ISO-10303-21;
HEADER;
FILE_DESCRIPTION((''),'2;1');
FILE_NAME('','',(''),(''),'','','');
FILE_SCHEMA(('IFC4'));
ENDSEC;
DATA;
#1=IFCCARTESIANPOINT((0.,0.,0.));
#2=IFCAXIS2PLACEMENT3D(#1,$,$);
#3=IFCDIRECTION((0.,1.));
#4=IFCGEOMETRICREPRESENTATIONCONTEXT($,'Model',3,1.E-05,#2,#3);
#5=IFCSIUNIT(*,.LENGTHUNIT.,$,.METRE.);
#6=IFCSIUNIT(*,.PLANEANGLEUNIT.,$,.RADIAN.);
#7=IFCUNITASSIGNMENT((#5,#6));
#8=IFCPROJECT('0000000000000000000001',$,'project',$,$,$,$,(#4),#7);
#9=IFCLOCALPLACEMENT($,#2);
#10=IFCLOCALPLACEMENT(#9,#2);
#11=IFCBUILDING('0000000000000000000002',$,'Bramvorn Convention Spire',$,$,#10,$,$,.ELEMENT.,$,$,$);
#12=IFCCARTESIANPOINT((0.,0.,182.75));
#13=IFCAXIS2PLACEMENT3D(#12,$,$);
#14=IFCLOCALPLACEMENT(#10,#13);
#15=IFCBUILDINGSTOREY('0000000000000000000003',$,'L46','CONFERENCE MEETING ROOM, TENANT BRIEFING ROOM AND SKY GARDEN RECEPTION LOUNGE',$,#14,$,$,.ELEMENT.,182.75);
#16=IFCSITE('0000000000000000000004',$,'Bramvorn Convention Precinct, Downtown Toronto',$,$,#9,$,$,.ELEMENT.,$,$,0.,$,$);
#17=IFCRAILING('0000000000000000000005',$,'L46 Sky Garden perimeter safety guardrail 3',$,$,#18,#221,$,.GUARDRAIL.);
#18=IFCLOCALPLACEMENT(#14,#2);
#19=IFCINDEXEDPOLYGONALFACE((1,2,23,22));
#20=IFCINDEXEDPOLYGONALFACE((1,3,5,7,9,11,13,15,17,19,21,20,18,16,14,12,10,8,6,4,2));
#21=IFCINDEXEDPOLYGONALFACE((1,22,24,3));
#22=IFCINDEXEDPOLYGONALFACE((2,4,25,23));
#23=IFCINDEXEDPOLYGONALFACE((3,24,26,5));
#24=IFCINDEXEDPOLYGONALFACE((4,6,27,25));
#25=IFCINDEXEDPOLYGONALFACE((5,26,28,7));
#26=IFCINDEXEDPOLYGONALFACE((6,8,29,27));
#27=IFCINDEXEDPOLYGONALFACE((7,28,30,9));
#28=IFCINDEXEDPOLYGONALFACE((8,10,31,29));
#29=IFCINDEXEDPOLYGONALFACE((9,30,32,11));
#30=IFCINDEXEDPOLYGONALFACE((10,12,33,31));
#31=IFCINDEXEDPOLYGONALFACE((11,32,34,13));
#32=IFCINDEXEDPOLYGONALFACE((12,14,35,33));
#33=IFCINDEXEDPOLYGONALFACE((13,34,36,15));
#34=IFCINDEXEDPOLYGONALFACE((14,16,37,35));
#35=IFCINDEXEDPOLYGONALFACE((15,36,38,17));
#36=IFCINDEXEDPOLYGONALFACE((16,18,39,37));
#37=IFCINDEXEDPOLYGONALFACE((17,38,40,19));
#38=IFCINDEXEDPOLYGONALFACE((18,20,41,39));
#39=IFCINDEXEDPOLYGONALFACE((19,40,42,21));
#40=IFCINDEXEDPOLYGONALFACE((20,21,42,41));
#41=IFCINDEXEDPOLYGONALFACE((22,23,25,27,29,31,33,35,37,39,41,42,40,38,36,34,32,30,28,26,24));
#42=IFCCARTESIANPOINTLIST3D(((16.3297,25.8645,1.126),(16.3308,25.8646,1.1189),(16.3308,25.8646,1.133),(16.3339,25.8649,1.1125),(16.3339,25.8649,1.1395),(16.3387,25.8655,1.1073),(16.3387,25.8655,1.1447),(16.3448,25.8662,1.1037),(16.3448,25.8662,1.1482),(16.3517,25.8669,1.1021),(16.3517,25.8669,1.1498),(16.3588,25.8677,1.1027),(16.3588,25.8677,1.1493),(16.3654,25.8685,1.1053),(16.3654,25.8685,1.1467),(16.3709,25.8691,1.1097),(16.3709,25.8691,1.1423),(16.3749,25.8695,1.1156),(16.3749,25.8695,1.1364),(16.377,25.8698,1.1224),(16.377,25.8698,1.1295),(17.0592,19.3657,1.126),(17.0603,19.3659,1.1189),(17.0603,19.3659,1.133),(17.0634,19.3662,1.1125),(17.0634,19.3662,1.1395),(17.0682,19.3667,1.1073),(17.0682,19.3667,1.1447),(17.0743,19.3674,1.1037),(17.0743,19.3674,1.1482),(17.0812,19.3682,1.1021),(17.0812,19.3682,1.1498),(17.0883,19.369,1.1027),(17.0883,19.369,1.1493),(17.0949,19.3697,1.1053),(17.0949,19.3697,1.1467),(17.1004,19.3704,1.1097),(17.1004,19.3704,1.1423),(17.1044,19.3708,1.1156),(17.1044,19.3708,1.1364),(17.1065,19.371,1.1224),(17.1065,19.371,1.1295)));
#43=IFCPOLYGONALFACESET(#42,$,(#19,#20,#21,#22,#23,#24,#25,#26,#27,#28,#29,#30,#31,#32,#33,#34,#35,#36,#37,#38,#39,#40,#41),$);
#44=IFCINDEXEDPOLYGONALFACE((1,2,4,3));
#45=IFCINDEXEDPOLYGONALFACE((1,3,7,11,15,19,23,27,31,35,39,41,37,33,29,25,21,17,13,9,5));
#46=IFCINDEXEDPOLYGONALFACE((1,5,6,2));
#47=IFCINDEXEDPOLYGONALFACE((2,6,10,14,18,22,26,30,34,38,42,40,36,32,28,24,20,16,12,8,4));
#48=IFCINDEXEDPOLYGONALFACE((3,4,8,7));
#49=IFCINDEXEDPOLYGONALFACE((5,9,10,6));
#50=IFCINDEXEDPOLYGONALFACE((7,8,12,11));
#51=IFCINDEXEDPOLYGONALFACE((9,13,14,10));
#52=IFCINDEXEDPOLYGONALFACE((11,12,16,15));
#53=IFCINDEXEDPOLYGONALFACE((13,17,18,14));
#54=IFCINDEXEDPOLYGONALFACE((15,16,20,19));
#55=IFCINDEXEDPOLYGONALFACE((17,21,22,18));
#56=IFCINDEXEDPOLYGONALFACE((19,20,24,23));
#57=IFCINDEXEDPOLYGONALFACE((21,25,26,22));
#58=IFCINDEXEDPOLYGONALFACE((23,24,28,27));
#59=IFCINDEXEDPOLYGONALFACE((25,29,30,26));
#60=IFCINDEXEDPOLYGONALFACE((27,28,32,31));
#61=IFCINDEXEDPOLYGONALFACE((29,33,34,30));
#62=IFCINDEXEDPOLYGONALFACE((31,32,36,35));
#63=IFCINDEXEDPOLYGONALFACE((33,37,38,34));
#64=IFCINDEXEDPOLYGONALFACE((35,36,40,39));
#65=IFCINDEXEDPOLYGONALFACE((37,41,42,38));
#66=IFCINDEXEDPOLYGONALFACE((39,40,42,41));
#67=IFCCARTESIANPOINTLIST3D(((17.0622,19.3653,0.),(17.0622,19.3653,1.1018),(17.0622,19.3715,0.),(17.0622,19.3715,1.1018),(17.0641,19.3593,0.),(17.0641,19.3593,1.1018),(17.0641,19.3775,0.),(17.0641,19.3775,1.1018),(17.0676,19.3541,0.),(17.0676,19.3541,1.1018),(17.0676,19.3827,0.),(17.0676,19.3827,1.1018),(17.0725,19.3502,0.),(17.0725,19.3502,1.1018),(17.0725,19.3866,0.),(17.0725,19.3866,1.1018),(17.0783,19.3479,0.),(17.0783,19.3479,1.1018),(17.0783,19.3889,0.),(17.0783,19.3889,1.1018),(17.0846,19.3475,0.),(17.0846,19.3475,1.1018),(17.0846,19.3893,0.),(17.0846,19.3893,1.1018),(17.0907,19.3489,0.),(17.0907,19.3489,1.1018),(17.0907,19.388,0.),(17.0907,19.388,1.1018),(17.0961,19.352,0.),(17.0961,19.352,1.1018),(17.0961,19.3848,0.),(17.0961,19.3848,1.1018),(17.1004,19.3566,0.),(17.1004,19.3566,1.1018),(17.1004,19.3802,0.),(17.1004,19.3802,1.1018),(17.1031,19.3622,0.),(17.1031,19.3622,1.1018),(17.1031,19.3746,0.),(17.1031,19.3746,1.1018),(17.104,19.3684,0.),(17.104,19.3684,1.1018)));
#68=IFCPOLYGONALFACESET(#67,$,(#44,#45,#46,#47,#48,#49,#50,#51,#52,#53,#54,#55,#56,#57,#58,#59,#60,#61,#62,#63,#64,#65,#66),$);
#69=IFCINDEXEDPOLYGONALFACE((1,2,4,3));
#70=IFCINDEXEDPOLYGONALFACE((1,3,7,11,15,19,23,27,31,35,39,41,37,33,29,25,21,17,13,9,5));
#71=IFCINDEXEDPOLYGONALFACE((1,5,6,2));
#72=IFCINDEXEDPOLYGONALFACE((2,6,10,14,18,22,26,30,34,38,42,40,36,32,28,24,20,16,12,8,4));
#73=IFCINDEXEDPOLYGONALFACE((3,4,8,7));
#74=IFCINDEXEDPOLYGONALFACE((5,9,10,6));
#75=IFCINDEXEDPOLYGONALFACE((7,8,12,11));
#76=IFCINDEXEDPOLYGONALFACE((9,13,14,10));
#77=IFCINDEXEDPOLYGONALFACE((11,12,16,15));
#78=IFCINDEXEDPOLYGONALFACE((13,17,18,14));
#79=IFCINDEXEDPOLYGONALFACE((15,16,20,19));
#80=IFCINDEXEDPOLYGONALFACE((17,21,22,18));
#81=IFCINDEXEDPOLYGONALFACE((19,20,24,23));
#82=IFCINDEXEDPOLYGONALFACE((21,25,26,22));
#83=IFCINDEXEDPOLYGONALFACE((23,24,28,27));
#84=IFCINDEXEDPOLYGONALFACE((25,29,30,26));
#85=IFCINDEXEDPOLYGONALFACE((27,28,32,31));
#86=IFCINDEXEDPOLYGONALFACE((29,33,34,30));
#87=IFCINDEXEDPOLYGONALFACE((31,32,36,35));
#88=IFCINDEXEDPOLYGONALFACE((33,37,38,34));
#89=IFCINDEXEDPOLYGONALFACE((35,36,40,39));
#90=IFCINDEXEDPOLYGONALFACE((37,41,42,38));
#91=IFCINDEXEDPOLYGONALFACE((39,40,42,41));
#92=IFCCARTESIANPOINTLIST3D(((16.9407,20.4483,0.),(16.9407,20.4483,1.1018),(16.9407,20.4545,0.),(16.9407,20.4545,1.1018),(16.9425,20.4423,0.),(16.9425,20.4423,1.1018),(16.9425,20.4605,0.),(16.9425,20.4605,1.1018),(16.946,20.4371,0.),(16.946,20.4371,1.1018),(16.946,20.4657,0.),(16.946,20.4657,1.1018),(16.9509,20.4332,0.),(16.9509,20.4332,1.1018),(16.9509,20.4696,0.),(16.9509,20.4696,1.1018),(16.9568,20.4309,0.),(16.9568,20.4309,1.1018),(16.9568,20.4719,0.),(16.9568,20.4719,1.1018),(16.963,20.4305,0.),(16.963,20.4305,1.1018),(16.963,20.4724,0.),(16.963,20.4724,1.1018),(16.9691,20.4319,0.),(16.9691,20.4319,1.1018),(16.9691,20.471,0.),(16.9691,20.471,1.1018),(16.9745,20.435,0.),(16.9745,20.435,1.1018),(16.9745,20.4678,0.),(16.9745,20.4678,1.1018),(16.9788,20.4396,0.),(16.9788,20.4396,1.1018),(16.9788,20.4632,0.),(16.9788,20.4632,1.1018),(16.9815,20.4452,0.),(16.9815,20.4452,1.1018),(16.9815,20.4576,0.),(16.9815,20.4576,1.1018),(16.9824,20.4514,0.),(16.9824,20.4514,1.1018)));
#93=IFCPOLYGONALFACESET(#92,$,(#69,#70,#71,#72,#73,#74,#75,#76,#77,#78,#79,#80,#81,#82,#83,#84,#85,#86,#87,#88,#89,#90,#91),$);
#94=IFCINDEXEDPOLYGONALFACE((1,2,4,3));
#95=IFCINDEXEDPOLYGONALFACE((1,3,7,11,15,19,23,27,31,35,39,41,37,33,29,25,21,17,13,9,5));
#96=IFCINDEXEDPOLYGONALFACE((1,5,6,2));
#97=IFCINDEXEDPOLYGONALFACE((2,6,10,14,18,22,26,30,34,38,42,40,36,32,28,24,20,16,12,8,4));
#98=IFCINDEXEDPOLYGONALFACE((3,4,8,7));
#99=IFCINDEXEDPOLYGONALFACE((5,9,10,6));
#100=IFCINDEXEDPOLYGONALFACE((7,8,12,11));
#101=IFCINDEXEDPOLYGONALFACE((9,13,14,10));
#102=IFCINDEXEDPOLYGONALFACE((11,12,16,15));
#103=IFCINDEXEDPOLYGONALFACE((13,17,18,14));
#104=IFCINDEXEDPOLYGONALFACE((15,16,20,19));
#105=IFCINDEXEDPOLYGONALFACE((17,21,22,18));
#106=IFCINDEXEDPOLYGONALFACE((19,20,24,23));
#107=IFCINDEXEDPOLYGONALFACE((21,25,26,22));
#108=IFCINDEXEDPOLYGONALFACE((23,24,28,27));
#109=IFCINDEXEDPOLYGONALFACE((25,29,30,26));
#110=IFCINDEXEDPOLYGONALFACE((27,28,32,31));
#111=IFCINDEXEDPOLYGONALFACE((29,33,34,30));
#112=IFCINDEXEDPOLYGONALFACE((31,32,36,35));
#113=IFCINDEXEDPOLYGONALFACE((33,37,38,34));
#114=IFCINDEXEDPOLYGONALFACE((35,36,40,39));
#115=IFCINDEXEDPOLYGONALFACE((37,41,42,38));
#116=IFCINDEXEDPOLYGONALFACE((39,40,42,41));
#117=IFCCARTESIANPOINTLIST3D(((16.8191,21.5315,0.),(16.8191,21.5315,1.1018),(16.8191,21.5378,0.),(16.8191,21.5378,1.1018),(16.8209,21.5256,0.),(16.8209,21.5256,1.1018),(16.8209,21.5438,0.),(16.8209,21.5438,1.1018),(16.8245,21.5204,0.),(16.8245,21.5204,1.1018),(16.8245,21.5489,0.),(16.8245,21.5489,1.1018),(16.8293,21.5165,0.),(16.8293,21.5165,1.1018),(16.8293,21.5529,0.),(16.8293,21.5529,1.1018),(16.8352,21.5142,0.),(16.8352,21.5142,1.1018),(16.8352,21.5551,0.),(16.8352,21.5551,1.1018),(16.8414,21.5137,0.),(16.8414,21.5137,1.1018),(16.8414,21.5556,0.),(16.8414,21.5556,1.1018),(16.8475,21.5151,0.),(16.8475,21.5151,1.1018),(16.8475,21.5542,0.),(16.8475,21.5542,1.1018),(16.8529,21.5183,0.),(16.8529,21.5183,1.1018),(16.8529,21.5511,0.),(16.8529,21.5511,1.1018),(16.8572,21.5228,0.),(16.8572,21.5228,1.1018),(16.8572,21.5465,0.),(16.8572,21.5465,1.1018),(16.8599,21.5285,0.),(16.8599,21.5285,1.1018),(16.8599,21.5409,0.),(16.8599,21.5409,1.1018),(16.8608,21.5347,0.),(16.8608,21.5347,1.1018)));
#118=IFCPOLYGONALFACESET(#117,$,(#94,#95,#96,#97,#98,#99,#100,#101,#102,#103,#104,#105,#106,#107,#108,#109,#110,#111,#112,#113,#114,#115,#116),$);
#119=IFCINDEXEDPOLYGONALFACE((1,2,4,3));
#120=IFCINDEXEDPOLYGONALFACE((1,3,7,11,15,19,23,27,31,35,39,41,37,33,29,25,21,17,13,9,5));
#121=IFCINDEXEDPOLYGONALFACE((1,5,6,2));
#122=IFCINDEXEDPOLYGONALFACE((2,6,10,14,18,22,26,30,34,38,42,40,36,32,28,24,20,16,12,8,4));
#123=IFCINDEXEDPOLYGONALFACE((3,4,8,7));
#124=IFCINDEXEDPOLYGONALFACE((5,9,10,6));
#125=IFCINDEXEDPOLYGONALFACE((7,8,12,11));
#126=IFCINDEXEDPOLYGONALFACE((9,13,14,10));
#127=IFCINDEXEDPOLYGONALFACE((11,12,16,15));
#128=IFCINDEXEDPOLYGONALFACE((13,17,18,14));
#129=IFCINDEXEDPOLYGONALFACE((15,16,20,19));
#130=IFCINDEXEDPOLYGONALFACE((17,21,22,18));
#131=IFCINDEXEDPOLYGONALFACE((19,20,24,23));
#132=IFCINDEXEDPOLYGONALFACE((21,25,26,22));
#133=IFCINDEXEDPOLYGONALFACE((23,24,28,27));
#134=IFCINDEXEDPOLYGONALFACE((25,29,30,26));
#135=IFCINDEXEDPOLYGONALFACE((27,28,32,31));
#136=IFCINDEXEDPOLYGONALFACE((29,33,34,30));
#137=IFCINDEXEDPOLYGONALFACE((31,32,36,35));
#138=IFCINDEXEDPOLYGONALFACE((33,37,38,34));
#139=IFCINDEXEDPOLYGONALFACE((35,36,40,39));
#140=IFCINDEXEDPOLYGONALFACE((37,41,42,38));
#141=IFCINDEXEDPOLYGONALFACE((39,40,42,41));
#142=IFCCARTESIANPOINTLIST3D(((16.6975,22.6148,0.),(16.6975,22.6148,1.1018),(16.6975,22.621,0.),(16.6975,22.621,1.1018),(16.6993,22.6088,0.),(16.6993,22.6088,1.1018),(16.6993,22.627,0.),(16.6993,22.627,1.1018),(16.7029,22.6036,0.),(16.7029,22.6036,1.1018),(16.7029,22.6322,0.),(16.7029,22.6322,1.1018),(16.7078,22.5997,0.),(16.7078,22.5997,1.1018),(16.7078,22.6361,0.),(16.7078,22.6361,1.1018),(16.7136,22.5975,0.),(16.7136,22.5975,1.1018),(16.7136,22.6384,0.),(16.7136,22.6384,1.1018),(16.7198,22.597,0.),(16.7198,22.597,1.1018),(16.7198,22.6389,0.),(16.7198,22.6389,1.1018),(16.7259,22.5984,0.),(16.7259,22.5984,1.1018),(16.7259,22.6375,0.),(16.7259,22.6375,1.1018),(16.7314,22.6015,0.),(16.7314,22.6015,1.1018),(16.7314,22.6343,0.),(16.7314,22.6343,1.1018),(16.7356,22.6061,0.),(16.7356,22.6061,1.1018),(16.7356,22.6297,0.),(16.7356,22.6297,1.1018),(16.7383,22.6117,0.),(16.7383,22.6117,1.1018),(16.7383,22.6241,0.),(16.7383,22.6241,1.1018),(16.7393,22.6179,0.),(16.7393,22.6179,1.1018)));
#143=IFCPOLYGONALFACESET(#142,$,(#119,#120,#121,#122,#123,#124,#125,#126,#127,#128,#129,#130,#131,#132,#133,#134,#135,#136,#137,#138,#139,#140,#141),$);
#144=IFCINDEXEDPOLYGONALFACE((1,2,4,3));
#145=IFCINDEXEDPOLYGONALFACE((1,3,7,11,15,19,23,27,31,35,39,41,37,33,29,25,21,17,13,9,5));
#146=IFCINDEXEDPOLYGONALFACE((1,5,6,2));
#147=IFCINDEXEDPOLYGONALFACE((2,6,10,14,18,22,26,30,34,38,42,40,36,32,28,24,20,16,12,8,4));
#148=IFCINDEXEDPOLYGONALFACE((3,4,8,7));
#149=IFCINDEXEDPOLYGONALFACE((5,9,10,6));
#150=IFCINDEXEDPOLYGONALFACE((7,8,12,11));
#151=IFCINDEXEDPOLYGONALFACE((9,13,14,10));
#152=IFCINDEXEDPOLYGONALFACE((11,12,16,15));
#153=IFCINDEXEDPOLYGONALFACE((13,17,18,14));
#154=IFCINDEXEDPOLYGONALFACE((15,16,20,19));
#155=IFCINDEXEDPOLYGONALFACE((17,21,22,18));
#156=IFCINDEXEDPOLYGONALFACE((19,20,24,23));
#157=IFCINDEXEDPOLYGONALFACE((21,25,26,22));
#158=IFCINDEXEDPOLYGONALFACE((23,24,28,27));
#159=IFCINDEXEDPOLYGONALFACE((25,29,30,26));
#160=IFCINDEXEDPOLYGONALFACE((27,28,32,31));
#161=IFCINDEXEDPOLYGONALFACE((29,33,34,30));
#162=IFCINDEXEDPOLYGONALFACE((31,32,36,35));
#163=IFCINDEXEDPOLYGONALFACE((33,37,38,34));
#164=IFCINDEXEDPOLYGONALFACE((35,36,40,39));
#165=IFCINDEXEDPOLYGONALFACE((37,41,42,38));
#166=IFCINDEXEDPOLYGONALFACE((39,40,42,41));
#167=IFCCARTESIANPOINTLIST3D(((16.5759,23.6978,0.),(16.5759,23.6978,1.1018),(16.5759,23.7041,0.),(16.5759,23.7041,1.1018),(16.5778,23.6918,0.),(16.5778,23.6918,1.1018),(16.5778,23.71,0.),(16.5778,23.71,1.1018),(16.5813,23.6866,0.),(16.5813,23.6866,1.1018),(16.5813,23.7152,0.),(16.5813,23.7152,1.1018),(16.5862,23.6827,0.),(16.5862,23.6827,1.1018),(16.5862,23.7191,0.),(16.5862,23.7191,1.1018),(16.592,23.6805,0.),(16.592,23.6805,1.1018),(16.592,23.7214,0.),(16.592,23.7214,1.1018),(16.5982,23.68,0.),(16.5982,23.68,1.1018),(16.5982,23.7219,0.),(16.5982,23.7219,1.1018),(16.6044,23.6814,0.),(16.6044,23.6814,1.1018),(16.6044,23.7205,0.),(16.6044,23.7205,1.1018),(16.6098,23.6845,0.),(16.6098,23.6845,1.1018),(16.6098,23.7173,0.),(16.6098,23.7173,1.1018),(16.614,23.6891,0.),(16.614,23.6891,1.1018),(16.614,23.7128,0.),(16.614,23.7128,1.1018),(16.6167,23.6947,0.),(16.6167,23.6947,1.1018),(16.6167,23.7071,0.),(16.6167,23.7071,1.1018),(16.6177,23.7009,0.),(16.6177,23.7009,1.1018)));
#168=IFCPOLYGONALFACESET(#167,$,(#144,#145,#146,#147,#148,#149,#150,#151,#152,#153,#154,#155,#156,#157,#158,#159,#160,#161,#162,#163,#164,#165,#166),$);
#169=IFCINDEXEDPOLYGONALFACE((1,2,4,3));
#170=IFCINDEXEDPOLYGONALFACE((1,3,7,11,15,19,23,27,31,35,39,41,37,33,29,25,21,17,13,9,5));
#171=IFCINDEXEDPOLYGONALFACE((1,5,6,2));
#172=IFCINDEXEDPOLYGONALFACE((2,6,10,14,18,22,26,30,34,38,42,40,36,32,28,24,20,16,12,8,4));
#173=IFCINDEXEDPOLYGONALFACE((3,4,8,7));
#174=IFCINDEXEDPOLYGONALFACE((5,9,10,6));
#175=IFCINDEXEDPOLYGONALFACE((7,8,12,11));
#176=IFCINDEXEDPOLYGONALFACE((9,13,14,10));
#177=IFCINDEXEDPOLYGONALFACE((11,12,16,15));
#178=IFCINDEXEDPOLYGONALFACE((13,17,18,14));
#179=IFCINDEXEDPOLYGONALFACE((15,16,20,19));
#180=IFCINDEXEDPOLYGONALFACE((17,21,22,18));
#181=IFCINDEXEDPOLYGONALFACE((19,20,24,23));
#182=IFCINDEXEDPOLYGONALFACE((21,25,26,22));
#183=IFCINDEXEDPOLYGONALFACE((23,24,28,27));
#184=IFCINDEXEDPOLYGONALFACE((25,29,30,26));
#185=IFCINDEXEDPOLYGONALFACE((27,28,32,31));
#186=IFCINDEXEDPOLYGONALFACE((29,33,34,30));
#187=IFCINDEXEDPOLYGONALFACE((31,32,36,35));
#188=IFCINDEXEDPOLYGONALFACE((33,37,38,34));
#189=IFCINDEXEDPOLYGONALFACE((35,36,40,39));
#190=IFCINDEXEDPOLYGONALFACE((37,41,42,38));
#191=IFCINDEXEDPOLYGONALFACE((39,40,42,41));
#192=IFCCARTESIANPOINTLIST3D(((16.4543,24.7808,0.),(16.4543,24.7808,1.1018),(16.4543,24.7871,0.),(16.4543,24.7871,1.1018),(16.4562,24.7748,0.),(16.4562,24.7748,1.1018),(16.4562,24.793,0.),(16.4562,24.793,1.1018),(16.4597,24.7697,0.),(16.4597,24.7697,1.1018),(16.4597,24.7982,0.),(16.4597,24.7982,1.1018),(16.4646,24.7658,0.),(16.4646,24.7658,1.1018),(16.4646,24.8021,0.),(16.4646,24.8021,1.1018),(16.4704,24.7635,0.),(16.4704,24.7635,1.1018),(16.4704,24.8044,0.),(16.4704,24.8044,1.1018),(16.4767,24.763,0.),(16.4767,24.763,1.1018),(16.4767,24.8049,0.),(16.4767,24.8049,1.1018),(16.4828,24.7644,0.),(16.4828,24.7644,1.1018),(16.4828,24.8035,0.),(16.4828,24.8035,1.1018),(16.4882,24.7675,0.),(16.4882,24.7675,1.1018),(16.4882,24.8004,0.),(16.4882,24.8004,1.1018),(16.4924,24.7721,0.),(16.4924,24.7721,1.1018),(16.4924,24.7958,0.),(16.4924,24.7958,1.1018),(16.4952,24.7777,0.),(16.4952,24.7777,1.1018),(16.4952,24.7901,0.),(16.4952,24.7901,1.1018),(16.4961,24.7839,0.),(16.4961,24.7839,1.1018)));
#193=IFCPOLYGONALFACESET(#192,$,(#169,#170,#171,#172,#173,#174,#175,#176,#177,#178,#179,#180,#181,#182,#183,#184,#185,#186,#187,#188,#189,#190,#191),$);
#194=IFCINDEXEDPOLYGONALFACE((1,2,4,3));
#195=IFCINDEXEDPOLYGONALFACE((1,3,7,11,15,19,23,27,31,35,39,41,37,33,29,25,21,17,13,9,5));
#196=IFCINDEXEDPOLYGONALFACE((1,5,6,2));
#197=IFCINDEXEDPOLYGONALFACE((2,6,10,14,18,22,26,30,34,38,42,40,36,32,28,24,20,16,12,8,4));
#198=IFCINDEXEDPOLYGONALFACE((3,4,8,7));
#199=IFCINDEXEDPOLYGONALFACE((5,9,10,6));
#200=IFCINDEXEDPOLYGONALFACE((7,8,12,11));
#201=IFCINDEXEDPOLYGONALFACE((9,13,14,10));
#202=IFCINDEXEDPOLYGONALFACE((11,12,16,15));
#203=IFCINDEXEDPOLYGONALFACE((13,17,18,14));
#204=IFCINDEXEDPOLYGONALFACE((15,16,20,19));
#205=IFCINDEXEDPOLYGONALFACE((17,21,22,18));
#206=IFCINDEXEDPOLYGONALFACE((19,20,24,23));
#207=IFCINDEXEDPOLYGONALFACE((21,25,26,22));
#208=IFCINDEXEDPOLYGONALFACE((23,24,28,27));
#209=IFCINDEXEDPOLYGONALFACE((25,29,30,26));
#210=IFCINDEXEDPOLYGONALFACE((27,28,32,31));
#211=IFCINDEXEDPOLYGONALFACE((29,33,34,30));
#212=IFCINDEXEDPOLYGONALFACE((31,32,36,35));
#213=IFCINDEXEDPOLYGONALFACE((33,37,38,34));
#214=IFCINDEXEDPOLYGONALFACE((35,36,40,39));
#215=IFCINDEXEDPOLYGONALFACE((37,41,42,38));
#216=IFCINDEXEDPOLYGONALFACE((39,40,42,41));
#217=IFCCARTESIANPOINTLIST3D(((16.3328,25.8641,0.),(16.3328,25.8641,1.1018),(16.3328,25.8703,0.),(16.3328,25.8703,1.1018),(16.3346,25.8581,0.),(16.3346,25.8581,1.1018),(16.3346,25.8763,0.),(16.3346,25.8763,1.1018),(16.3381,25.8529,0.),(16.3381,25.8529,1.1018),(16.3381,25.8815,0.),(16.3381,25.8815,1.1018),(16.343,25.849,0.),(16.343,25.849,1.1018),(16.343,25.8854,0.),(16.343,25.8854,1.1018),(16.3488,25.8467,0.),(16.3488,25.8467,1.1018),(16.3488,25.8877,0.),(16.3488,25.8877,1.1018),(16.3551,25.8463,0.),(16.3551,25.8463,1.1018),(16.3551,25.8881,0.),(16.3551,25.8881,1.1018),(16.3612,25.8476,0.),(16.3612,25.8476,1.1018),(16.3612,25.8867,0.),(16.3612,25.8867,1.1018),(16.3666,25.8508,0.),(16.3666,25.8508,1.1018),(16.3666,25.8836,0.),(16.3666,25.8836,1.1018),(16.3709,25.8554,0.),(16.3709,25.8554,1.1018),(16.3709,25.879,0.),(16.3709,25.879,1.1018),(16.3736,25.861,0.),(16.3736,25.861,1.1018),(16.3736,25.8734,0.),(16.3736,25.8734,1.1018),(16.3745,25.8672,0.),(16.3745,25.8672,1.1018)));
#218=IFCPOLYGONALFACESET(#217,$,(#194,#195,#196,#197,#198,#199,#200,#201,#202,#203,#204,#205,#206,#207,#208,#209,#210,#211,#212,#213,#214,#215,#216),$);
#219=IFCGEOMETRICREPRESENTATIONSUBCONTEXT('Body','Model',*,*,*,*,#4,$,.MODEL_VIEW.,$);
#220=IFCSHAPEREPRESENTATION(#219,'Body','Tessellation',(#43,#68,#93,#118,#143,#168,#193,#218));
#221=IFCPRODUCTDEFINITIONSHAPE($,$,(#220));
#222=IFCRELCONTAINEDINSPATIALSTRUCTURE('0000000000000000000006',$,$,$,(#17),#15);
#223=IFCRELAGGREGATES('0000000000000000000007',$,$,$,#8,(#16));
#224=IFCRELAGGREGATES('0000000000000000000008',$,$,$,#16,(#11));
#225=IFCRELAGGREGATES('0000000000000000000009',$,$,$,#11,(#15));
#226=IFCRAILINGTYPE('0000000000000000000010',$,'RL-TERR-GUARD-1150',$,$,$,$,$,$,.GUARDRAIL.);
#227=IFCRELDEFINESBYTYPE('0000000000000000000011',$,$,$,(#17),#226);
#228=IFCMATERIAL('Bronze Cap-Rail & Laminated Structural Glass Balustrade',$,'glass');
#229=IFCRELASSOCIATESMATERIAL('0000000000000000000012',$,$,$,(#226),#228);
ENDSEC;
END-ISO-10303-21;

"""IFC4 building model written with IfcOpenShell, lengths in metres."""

from ifc_helpers import new_model, si_unit, direction, frame, origin, origin_2d, place, context, subcontext, project, spatial, circle, extrude, material, type_object, element, save


model = new_model("IFC4")

# Units and contexts
model_context = context("Model", 3, precision=1e-05, world=origin(), true_north=direction((0.0, 1.0)))
body_context = subcontext(model_context, "Body", "Model", "MODEL_VIEW")
ifc_project = project(units=[si_unit("LENGTHUNIT", "METRE"), si_unit("PLANEANGLEUNIT", "RADIAN")], contexts=[model_context])

# Site, building, storey
site_placement = place(None, origin())
site = spatial("IfcSite", under=ifc_project, at=site_placement, Name="Bramvorn Convention Precinct, Downtown Toronto", CompositionType="ELEMENT", RefElevation=0.0)
building_placement = place(site_placement, origin())
building = spatial("IfcBuilding", under=site, at=building_placement, Name="Bramvorn Convention Spire", CompositionType="ELEMENT")
storey_placement = place(building_placement, frame((0.0, 0.0, 182.75)))
storey = spatial("IfcBuildingStorey", under=building, at=storey_placement, Name="L46", Description="CONFERENCE MEETING ROOM, TENANT BRIEFING ROOM AND SKY GARDEN RECEPTION LOUNGE", CompositionType="ELEMENT", Elevation=182.75)

# Railing
ifc_material_1 = material(Name="Bronze Cap-Rail & Laminated Structural Glass Balustrade", Category="glass")
railing_type = type_object("IfcRailingType", Name="RL-TERR-GUARD-1150", PredefinedType="GUARDRAIL", material=ifc_material_1)
railing_1_placement = place(storey_placement, frame((17.083, 19.3684, 0.0)))
element("IfcRailing", 1, at=railing_1_placement, inside=storey, type_object=railing_type, Name="L46 Sky Garden perimeter safety guardrail 3", PredefinedType="GUARDRAIL", context=body_context, shape_type="SweptSolid", body=[
    extrude(circle(Radius=0.0239, at=origin_2d()), frame((0.0, 0.0, 1.126), z_axis=(-0.11155, 0.993759, 0.0), x_axis=(-0.993759, -0.11155, 0.0)), (0.0, 0.0, 1.0), 6.5396),
    extrude(circle(Radius=0.021, at=origin_2d()), origin(), (0.0, 0.0, 1.0), 1.1018),
    extrude(circle(Radius=0.021, at=origin_2d()), frame((-0.1216, 1.083, 0.0)), (0.0, 0.0, 1.0), 1.1018),
    extrude(circle(Radius=0.021, at=origin_2d()), frame((-0.2432, 2.1663, 0.0)), (0.0, 0.0, 1.0), 1.1018),
    extrude(circle(Radius=0.021, at=origin_2d()), frame((-0.3647, 3.2495, 0.0)), (0.0, 0.0, 1.0), 1.1018),
    extrude(circle(Radius=0.021, at=origin_2d()), frame((-0.4863, 4.3325, 0.0)), (0.0, 0.0, 1.0), 1.1018),
    extrude(circle(Radius=0.021, at=origin_2d()), frame((-0.6079, 5.4155, 0.0)), (0.0, 0.0, 1.0), 1.1018),
    extrude(circle(Radius=0.021, at=origin_2d()), frame((-0.7295, 6.4988, 0.0)), (0.0, 0.0, 1.0), 1.1018),
])

save(model, "model.ifc")
